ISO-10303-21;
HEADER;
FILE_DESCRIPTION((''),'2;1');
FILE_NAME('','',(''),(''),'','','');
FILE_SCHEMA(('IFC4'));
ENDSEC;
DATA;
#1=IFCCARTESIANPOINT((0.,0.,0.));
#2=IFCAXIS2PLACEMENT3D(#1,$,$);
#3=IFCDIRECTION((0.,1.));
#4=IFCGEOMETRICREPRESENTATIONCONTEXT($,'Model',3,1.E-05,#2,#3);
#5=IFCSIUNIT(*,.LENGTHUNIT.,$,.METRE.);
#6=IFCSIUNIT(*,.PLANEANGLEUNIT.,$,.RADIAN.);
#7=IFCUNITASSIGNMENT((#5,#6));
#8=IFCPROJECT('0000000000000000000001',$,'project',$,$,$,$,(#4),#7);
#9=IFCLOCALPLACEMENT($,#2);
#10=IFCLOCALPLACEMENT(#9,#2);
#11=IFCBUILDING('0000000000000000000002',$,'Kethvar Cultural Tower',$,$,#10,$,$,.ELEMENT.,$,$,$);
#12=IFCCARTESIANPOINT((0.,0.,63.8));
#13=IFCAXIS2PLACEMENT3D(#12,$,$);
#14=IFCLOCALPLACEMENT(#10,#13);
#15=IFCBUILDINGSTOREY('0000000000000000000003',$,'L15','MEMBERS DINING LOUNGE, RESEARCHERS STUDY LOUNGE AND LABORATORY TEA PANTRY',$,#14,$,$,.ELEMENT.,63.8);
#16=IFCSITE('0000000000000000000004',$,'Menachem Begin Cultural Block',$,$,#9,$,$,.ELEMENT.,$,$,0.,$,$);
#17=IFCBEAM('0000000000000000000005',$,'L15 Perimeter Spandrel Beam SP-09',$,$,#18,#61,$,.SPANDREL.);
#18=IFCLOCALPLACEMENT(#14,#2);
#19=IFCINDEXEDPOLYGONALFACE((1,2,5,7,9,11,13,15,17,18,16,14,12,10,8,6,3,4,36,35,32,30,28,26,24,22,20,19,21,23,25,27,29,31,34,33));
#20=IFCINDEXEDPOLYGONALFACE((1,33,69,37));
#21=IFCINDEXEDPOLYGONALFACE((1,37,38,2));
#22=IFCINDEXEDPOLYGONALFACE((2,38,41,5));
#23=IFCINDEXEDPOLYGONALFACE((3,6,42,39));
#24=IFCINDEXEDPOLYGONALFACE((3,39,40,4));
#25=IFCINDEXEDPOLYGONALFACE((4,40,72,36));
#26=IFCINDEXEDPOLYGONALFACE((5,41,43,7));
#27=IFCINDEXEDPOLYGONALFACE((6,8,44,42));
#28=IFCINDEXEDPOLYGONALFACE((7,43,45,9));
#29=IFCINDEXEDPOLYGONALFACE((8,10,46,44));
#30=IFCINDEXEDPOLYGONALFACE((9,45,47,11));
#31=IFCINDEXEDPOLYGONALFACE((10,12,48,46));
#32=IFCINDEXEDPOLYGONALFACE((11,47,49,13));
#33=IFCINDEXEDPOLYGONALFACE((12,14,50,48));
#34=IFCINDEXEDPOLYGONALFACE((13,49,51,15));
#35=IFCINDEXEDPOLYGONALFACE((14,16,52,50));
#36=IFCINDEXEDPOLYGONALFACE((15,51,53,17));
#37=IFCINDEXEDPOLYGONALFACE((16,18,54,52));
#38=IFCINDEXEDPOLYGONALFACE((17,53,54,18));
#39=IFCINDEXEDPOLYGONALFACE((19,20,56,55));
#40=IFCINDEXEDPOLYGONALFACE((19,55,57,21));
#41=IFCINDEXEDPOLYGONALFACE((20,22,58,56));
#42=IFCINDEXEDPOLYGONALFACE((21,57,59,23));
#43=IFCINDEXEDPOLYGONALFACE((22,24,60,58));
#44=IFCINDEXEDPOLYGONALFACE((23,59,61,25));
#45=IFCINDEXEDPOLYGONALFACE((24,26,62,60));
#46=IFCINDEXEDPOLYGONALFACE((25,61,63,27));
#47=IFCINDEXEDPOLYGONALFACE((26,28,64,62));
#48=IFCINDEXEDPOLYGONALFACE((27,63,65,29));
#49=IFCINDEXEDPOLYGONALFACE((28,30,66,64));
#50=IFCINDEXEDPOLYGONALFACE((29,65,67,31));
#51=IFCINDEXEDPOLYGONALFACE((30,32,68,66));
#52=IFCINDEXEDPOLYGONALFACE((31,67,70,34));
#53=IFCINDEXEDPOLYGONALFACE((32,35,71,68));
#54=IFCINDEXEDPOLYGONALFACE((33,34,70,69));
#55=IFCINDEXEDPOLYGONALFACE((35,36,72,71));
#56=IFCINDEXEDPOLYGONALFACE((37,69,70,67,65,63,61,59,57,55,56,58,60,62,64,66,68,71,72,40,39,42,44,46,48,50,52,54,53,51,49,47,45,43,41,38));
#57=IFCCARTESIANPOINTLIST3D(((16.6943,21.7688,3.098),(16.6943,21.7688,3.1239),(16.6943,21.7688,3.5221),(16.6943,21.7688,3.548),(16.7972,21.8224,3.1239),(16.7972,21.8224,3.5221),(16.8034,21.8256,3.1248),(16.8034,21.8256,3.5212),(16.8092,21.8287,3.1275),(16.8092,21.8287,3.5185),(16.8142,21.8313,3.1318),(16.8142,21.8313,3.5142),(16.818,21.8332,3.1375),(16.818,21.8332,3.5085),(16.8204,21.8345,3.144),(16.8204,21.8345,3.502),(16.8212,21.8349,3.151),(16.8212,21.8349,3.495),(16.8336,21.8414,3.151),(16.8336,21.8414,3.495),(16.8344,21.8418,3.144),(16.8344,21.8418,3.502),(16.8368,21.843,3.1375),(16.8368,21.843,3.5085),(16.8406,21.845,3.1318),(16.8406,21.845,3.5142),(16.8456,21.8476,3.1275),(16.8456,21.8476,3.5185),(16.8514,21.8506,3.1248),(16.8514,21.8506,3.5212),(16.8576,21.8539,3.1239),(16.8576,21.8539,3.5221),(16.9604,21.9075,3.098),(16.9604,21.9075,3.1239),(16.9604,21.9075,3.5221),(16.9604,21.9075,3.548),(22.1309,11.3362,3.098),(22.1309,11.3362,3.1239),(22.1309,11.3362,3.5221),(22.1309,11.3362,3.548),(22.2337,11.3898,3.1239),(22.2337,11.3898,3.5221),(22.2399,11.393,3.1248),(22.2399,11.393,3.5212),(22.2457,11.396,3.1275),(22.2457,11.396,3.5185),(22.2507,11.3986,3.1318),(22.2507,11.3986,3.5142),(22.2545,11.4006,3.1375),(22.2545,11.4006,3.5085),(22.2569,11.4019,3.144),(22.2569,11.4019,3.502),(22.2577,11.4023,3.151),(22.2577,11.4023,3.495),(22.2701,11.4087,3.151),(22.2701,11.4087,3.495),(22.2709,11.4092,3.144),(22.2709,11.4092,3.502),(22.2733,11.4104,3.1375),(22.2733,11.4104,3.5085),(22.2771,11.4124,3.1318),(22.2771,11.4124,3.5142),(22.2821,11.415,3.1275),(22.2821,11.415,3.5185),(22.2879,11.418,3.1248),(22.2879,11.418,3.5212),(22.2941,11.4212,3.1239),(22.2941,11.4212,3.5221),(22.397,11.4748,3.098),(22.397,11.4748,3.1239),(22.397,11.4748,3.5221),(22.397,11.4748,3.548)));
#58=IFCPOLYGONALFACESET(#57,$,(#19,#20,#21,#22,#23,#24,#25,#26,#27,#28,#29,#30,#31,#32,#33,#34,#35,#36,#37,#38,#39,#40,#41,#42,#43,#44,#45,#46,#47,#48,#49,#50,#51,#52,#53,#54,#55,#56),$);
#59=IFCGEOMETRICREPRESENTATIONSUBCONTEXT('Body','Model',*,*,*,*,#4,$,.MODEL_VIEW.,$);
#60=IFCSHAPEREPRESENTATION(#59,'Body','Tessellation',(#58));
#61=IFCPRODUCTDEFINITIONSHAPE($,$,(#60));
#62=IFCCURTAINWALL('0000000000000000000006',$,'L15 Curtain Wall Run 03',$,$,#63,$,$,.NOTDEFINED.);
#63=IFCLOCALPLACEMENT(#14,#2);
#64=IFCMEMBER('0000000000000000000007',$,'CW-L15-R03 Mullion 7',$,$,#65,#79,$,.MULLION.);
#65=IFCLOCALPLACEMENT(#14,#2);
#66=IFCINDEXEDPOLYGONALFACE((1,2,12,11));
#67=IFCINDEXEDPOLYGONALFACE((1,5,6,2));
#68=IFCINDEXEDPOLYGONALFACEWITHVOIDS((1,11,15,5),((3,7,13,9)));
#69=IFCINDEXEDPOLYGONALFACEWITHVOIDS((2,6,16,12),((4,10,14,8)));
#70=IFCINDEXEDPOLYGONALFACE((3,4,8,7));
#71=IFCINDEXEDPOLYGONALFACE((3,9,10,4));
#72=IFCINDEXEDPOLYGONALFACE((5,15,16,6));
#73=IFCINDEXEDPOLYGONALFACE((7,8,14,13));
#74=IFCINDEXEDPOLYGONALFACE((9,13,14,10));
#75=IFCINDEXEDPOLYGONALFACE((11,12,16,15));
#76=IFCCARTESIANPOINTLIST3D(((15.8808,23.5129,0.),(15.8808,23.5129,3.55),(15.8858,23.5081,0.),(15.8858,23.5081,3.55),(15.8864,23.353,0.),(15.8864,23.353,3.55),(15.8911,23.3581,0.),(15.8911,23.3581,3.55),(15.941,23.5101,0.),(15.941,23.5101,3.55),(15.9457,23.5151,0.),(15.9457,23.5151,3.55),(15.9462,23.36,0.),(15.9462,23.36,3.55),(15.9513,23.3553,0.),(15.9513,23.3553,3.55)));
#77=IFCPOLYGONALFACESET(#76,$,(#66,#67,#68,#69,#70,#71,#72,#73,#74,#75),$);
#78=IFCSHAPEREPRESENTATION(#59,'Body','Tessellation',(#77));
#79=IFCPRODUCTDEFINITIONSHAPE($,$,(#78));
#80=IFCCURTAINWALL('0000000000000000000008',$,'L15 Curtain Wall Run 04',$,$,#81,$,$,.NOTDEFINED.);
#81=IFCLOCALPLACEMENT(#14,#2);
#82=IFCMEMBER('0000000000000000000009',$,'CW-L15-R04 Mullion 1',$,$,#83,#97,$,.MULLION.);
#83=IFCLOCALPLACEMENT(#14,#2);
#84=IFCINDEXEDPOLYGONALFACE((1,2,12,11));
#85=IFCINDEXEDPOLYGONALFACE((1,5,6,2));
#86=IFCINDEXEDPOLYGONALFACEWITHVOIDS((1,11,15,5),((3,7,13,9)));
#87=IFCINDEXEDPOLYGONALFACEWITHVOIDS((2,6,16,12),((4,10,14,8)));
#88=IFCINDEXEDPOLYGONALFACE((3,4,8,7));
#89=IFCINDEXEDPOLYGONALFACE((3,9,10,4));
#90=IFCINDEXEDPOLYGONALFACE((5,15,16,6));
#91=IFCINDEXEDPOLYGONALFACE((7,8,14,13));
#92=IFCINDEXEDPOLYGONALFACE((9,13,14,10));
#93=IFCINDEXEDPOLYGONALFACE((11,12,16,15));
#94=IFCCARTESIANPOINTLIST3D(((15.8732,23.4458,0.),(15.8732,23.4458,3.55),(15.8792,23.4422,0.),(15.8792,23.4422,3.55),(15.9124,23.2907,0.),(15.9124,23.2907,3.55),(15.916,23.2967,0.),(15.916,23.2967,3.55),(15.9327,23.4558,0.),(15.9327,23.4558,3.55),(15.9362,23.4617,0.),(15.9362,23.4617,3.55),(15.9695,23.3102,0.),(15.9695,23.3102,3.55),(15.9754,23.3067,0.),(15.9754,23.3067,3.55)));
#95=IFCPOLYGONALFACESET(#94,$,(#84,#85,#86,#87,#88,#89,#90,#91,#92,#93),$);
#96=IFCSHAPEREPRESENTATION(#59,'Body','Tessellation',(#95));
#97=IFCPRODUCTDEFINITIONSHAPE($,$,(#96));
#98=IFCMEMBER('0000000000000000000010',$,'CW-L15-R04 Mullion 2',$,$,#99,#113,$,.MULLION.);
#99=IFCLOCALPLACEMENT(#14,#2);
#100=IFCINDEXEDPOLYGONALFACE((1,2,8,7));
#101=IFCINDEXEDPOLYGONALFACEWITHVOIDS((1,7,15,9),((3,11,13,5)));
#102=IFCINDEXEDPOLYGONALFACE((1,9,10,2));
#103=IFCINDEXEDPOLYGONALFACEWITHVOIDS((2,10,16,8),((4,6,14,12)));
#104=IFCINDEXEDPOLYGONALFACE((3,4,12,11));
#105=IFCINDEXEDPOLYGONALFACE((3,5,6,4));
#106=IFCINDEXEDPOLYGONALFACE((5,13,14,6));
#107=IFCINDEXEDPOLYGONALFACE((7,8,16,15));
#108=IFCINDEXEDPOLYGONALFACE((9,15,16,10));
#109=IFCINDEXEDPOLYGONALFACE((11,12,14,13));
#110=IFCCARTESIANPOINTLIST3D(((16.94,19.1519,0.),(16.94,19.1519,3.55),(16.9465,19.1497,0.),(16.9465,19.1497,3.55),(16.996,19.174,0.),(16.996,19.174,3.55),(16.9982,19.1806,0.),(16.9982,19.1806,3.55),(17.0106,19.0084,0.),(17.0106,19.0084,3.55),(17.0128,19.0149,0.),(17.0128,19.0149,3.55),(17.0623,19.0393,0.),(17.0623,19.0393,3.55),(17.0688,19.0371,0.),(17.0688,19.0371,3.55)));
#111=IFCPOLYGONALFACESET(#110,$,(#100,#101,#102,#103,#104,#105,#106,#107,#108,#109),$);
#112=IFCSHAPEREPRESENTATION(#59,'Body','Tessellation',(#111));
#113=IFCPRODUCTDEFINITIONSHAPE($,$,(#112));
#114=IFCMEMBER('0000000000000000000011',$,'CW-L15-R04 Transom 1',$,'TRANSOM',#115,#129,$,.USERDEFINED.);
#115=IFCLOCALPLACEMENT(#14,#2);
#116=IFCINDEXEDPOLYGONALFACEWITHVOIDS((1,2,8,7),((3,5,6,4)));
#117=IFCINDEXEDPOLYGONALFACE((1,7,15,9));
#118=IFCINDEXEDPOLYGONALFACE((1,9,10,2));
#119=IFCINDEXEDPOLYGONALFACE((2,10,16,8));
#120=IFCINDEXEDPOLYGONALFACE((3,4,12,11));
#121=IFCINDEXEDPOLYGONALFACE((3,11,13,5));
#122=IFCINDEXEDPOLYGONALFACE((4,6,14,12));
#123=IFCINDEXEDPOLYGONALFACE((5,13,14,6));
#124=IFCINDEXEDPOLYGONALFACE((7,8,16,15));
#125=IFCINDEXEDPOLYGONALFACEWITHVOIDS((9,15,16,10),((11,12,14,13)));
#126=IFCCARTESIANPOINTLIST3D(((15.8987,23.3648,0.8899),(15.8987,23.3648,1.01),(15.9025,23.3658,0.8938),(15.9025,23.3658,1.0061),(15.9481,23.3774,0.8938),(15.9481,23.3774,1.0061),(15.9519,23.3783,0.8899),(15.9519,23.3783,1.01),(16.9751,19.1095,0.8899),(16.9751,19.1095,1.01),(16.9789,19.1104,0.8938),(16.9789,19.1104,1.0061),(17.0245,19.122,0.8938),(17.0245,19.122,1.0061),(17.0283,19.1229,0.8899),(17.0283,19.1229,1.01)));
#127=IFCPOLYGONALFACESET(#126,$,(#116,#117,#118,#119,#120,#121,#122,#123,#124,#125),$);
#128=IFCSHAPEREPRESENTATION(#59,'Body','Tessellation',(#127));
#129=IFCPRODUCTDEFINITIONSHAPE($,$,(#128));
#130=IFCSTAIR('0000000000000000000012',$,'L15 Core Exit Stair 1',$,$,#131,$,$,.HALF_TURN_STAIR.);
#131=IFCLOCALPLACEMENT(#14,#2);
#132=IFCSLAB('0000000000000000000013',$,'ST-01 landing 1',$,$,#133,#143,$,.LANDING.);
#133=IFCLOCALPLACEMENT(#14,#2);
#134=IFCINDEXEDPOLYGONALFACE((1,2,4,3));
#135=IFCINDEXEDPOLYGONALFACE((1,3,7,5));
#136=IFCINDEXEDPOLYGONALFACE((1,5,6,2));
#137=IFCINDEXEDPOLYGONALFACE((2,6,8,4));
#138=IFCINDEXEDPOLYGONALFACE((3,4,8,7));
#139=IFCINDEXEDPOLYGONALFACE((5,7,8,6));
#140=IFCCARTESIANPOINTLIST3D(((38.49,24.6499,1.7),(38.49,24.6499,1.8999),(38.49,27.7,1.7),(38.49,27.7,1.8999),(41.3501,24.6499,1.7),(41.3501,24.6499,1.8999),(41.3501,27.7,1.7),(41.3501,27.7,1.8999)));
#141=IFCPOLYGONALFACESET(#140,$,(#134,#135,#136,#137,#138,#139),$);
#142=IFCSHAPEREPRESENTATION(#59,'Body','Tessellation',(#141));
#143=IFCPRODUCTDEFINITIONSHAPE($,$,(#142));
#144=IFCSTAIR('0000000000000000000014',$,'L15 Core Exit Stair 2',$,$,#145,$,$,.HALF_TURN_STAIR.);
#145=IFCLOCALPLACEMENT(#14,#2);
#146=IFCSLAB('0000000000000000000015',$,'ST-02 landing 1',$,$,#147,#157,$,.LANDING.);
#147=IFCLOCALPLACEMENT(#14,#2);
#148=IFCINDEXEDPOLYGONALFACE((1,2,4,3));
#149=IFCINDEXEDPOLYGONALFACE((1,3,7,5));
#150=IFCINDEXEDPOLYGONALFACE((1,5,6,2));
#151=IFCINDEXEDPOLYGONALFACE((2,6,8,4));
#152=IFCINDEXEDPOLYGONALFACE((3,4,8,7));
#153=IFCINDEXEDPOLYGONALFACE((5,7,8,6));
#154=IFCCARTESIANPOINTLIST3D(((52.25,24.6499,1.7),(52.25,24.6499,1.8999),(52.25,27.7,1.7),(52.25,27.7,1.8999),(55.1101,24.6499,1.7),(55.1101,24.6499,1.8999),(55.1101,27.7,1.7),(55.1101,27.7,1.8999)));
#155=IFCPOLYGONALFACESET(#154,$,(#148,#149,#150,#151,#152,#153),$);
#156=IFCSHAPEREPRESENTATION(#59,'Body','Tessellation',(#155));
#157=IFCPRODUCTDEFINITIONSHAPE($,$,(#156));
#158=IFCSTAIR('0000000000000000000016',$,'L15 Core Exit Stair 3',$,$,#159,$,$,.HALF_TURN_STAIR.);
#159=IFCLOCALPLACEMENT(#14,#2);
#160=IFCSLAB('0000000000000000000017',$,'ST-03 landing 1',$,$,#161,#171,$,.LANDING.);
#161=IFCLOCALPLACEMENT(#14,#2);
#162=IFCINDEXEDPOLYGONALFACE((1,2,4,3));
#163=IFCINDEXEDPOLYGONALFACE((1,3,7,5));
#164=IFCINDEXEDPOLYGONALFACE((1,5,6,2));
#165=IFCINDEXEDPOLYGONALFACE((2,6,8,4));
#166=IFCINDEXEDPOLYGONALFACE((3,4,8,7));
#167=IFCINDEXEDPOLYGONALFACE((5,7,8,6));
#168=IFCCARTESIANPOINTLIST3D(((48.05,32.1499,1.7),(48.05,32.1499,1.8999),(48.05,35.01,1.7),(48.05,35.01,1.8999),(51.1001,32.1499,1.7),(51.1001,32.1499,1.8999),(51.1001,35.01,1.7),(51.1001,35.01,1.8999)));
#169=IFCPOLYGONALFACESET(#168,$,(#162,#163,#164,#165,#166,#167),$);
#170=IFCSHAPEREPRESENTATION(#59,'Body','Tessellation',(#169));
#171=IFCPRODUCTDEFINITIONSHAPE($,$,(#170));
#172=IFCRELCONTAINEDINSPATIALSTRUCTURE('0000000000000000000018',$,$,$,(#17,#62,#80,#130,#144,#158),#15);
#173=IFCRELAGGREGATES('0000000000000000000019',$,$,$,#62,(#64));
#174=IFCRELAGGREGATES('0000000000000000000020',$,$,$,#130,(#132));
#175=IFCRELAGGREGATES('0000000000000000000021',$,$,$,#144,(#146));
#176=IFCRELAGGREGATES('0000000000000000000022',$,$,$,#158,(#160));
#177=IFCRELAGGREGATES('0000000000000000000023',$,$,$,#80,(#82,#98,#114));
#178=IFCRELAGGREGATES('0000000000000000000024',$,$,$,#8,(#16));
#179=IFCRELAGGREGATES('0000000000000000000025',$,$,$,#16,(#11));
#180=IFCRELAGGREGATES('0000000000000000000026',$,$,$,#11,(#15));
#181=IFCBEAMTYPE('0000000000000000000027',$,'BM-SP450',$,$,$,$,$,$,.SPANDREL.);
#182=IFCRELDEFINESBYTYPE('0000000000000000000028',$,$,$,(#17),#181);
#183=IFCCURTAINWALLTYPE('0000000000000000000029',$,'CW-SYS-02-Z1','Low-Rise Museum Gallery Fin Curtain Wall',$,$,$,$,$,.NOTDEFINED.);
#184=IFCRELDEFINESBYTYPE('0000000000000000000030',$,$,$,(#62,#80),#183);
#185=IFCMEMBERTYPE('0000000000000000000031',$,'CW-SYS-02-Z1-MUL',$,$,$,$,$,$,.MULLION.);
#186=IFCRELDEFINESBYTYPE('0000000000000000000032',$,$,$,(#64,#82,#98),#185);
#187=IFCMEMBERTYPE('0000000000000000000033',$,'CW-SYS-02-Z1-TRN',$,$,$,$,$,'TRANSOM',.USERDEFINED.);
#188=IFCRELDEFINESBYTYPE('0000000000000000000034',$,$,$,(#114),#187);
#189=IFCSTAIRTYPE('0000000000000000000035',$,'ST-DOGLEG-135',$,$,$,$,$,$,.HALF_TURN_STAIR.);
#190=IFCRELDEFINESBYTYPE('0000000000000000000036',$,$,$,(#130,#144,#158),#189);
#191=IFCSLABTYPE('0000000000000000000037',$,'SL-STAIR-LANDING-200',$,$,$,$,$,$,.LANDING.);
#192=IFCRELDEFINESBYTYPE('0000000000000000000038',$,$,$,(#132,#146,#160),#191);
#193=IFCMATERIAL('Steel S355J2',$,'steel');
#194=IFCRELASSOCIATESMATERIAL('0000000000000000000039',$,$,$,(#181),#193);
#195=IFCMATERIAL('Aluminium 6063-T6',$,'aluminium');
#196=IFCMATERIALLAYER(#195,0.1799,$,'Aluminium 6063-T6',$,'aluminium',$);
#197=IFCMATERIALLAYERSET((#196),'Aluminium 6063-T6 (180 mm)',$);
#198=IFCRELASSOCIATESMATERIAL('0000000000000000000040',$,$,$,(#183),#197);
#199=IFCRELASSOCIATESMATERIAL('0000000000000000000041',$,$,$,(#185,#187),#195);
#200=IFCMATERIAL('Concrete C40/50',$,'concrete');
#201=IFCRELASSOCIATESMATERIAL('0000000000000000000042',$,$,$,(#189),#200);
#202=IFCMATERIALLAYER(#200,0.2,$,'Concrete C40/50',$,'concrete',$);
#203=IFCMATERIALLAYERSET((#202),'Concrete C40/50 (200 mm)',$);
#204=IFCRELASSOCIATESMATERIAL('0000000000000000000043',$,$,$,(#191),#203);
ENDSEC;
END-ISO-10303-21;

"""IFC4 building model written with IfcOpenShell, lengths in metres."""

from ifc_helpers import new_model, si_unit, direction, frame, origin, origin_2d, place, context, subcontext, project, spatial, polyline, hollow_rectangle, i_section, outline, extrude, source, transform, mapped, material, layer, layer_set, material_profile, profile_set, type_object, element, aggregate, save


model = new_model("IFC4")

# Units and contexts
model_context = context("Model", 3, precision=1e-05, world=origin(), true_north=direction((0.0, 1.0)))
body_context = subcontext(model_context, "Body", "Model", "MODEL_VIEW")
ifc_project = project(units=[si_unit("LENGTHUNIT", "METRE"), si_unit("PLANEANGLEUNIT", "RADIAN")], contexts=[model_context])

# Site, building, storey
site_placement = place(None, origin())
site = spatial("IfcSite", under=ifc_project, at=site_placement, Name="Menachem Begin Cultural Block", CompositionType="ELEMENT", RefElevation=0.0)
building_placement = place(site_placement, origin())
building = spatial("IfcBuilding", under=site, at=building_placement, Name="Kethvar Cultural Tower", CompositionType="ELEMENT")
storey_placement = place(building_placement, frame((0.0, 0.0, 63.8)))
storey = spatial("IfcBuildingStorey", under=building, at=storey_placement, Name="L15", Description="MEMBERS DINING LOUNGE, RESEARCHERS STUDY LOUNGE AND LABORATORY TEA PANTRY", CompositionType="ELEMENT", Elevation=63.8)

# Beam
ifc_material_1 = material(Name="Steel S355J2", Category="steel")
ifc_material_profile_1 = material_profile(ifc_material_1, i_section(OverallWidth=0.3, OverallDepth=0.45, WebThickness=0.0139, FlangeThickness=0.0259, FilletRadius=0.0271, at=origin_2d()), Name="Steel S355J2 — HEB450")
ifc_profile_set_1 = profile_set([ifc_material_profile_1], Name="Steel S355J2 — HEB450")
beam_type = type_object("IfcBeamType", Name="BM-SP450", PredefinedType="SPANDREL", material=ifc_profile_set_1)
shared_shape_1 = source(origin(), body_context, "Body", "SweptSolid", [
    extrude(i_section(OverallWidth=0.3, OverallDepth=0.45, WebThickness=0.0139, FlangeThickness=0.0259, FilletRadius=0.0271, at=origin_2d()), origin(), (0.0, 0.0, 1.0), 11.7642),
])
beam_placement = place(storey_placement, frame((16.8274, 21.8381, 3.323), z_axis=(0.462126, -0.886814, 0.0), x_axis=(0.886814, 0.462126, 0.0)))
element("IfcBeam", 1, at=beam_placement, inside=storey, type_object=beam_type, Name="L15 Perimeter Spandrel Beam SP-09", PredefinedType="SPANDREL", context=body_context, shape_type="MappedRepresentation", body=[
    mapped(shared_shape_1, transform((0.0, 0.0, 0.0), scale=1.0)),
])

# Curtain wall, member
ifc_material_2 = material(Name="Aluminium 6063-T6", Category="aluminium")
ifc_layer_1 = layer(ifc_material_2, 0.1799, Name="Aluminium 6063-T6", Category="aluminium")
ifc_layer_set_1 = layer_set([ifc_layer_1], Name="Aluminium 6063-T6 (180 mm)")
curtain_wall_type = type_object("IfcCurtainWallType", Name="CW-SYS-02-Z1", Description="Low-Rise Museum Gallery Fin Curtain Wall", PredefinedType="NOTDEFINED", material=ifc_layer_set_1)
curtain_wall_1_placement = place(storey_placement, origin())
curtain_wall_1 = element("IfcCurtainWall", 2, at=curtain_wall_1_placement, inside=storey, type_object=curtain_wall_type, Name="L15 Curtain Wall Run 03", PredefinedType="NOTDEFINED")
ifc_material_profile_2 = material_profile(ifc_material_2, hollow_rectangle(XDim=0.0649, YDim=0.1599, WallThickness=0.0049, at=origin_2d()), Name="Aluminium 6063-T6 — RHS160x65x5")
ifc_profile_set_2 = profile_set([ifc_material_profile_2], Name="Aluminium 6063-T6 — RHS160x65x5")
member_type_1 = type_object("IfcMemberType", Name="CW-SYS-02-Z1-MUL", PredefinedType="MULLION", material=ifc_profile_set_2)
shared_shape_2 = source(origin(), body_context, "Body", "SweptSolid", [
    extrude(hollow_rectangle(XDim=0.0649, YDim=0.1599, WallThickness=0.0049, at=origin_2d()), origin(), (0.0, 0.0, 1.0), 3.55),
])
member_1_placement = place(storey_placement, frame((15.916, 23.4341, 0.0), z_axis=(0.0, 0.0, 1.0), x_axis=(0.999386, 0.035039, 0.0)))
member_1 = element("IfcMember", 3, at=member_1_placement, type_object=member_type_1, Name="CW-L15-R03 Mullion 7", PredefinedType="MULLION", context=body_context, shape_type="MappedRepresentation", body=[
    mapped(shared_shape_2, transform((0.0, 0.0, 0.0), scale=1.0)),
])
aggregate(curtain_wall_1, [member_1])

# Curtain wall, members
curtain_wall_2_placement = place(storey_placement, origin())
curtain_wall_2 = element("IfcCurtainWall", 4, at=curtain_wall_2_placement, inside=storey, type_object=curtain_wall_type, Name="L15 Curtain Wall Run 04", PredefinedType="NOTDEFINED")
member_2_placement = place(storey_placement, frame((15.9243, 23.3762, 0.0), z_axis=(0.0, 0.0, 1.0), x_axis=(0.96948, 0.245172, 0.0)))
member_2 = element("IfcMember", 5, at=member_2_placement, type_object=member_type_1, Name="CW-L15-R04 Mullion 1", PredefinedType="MULLION", context=body_context, shape_type="MappedRepresentation", body=[
    mapped(shared_shape_2, transform((0.0, 0.0, 0.0), scale=1.0)),
])
member_3_placement = place(storey_placement, frame((17.0044, 19.0945, 0.0), z_axis=(0.0, 0.0, 1.0), x_axis=(0.897258, 0.441506, 0.0)))
member_3 = element("IfcMember", 6, at=member_3_placement, type_object=member_type_1, Name="CW-L15-R04 Mullion 2", PredefinedType="MULLION", context=body_context, shape_type="MappedRepresentation", body=[
    mapped(shared_shape_2, transform((0.0, 0.0, 0.0), scale=1.0)),
])
ifc_material_profile_3 = material_profile(ifc_material_2, hollow_rectangle(XDim=0.0549, YDim=0.1201, WallThickness=0.0039, at=origin_2d()), Name="Aluminium 6063-T6 — RHS120x55x4")
ifc_profile_set_3 = profile_set([ifc_material_profile_3], Name="Aluminium 6063-T6 — RHS120x55x4")
member_type_2 = type_object("IfcMemberType", Name="CW-SYS-02-Z1-TRN", ElementType="TRANSOM", PredefinedType="USERDEFINED", material=ifc_profile_set_3)
shared_shape_3 = source(origin(), body_context, "Body", "SweptSolid", [
    extrude(hollow_rectangle(XDim=0.0549, YDim=0.1201, WallThickness=0.0039, at=origin_2d()), origin(), (0.0, 0.0, 1.0), 4.3894),
])
member_4_placement = place(storey_placement, frame((15.9253, 23.3716, 0.95), z_axis=(0.245231, -0.969465, 0.0), x_axis=(0.969465, 0.245231, 0.0)))
member_4 = element("IfcMember", 7, at=member_4_placement, type_object=member_type_2, Name="CW-L15-R04 Transom 1", ObjectType="TRANSOM", PredefinedType="USERDEFINED", context=body_context, shape_type="MappedRepresentation", body=[
    mapped(shared_shape_3, transform((0.0, 0.0, 0.0), scale=1.0)),
])

# Stairs, slabs
ifc_material_3 = material(Name="Concrete C40/50", Category="concrete")
stair_type = type_object("IfcStairType", Name="ST-DOGLEG-135", PredefinedType="HALF_TURN_STAIR", material=ifc_material_3)
stair_1_placement = place(storey_placement, origin())
stair_1 = element("IfcStair", 8, at=stair_1_placement, inside=storey, type_object=stair_type, Name="L15 Core Exit Stair 1", PredefinedType="HALF_TURN_STAIR")
ifc_layer_2 = layer(ifc_material_3, 0.2, Name="Concrete C40/50", Category="concrete")
ifc_layer_set_2 = layer_set([ifc_layer_2], Name="Concrete C40/50 (200 mm)")
slab_type_1 = type_object("IfcSlabType", Name="SL-STAIR-LANDING-200", PredefinedType="LANDING", material=ifc_layer_set_2)
slab_1_placement = place(storey_placement, frame((0.0, 0.0, 1.7)))
slab_1 = element("IfcSlab", 9, at=slab_1_placement, type_object=slab_type_1, Name="ST-01 landing 1", PredefinedType="LANDING", context=body_context, shape_type="SweptSolid", body=[
    extrude(outline(polyline([(41.3501, 24.6499), (41.3501, 27.7), (38.49, 27.7), (38.49, 24.6499), (41.3501, 24.6499)])), origin(), (0.0, 0.0, 1.0), 0.2),
])
aggregate(stair_1, [slab_1])
stair_2_placement = place(storey_placement, origin())
stair_2 = element("IfcStair", 10, at=stair_2_placement, inside=storey, type_object=stair_type, Name="L15 Core Exit Stair 2", PredefinedType="HALF_TURN_STAIR")
slab_2_placement = place(storey_placement, frame((0.0, 0.0, 1.7)))
slab_2 = element("IfcSlab", 11, at=slab_2_placement, type_object=slab_type_1, Name="ST-02 landing 1", PredefinedType="LANDING", context=body_context, shape_type="SweptSolid", body=[
    extrude(outline(polyline([(55.1101, 24.6499), (55.1101, 27.7), (52.25, 27.7), (52.25, 24.6499), (55.1101, 24.6499)])), origin(), (0.0, 0.0, 1.0), 0.2),
])
aggregate(stair_2, [slab_2])
stair_3_placement = place(storey_placement, origin())
stair_3 = element("IfcStair", 12, at=stair_3_placement, inside=storey, type_object=stair_type, Name="L15 Core Exit Stair 3", PredefinedType="HALF_TURN_STAIR")
slab_3_placement = place(storey_placement, frame((0.0, 0.0, 1.7)))
slab_3 = element("IfcSlab", 13, at=slab_3_placement, type_object=slab_type_1, Name="ST-03 landing 1", PredefinedType="LANDING", context=body_context, shape_type="SweptSolid", body=[
    extrude(outline(polyline([(51.1001, 35.01), (48.05, 35.01), (48.05, 32.1499), (51.1001, 32.1499), (51.1001, 35.01)])), origin(), (0.0, 0.0, 1.0), 0.2),
])
aggregate(stair_3, [slab_3])

aggregate(curtain_wall_2, [member_2, member_3, member_4])

save(model, "model.ifc")
